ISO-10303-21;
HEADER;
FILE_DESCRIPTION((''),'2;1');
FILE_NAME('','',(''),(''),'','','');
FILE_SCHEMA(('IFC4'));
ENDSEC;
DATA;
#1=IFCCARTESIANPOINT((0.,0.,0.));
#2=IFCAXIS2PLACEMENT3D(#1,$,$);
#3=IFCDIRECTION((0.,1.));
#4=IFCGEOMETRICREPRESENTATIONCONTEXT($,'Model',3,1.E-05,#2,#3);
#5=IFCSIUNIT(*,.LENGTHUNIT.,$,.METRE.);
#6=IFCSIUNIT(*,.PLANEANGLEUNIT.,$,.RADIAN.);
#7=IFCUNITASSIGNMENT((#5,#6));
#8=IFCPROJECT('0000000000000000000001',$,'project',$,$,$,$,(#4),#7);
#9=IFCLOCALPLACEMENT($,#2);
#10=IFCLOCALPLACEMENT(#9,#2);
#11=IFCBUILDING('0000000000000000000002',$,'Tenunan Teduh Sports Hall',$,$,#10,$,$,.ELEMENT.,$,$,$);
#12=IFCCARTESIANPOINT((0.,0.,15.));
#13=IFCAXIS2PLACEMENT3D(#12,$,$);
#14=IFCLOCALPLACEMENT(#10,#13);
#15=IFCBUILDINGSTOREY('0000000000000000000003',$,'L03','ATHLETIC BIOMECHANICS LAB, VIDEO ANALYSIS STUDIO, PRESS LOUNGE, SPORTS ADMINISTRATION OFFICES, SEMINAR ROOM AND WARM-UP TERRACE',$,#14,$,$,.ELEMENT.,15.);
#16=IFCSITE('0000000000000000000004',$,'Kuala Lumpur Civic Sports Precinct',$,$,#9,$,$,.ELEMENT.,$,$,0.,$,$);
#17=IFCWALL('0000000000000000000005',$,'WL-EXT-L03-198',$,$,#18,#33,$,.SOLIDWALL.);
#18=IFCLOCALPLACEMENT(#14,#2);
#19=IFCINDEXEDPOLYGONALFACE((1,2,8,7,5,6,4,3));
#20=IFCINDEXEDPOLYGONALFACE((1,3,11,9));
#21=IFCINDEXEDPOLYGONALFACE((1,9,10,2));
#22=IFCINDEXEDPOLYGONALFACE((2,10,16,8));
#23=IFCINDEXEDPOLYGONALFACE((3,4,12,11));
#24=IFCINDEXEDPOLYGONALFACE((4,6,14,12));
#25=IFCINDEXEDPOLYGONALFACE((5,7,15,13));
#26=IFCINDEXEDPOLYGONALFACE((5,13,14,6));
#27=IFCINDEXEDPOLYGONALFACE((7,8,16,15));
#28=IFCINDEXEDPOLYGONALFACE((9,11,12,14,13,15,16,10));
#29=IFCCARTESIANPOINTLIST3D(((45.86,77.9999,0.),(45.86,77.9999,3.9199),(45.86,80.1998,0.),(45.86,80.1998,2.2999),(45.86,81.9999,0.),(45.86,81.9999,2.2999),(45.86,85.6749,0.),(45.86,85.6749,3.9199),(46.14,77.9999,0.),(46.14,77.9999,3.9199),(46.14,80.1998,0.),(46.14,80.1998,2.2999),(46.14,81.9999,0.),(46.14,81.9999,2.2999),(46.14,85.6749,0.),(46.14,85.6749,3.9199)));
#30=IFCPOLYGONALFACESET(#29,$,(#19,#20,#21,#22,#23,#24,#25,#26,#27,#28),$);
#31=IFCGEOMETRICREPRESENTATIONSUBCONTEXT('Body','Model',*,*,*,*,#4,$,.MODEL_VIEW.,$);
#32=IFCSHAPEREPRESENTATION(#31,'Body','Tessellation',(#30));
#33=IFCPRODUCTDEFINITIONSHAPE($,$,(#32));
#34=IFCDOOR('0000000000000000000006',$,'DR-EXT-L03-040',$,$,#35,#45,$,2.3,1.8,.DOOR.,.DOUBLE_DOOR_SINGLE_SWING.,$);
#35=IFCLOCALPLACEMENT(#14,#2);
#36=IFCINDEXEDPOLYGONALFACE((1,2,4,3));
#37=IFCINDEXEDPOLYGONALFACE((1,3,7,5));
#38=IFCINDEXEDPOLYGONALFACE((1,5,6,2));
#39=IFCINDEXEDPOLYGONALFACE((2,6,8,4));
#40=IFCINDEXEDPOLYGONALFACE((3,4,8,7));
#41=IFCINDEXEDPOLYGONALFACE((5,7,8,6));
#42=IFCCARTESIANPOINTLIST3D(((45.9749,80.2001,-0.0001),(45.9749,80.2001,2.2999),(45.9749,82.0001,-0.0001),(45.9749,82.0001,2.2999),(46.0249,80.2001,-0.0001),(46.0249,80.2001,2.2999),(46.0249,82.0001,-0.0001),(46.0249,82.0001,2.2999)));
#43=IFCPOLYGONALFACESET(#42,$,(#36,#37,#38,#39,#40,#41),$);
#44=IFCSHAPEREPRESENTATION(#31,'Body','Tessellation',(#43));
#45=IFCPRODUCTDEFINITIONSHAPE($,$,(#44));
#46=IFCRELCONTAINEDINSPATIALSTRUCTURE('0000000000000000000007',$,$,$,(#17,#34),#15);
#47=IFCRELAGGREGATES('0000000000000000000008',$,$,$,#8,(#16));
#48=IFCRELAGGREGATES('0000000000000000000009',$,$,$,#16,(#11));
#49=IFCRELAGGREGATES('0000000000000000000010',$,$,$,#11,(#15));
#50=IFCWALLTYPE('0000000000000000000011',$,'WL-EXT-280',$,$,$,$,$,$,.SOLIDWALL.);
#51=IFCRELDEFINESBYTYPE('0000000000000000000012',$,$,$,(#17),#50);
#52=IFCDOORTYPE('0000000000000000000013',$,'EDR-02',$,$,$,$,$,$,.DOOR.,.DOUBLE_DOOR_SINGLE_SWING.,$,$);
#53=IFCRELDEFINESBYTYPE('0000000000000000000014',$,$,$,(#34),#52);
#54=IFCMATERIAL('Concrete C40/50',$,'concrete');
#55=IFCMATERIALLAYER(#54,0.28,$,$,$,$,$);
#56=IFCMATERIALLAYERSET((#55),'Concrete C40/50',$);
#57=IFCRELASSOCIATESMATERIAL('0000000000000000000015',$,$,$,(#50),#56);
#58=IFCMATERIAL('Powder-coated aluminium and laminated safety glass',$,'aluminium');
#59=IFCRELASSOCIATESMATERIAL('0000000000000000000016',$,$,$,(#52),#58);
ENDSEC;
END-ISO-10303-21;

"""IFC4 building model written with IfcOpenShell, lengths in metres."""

from ifc_helpers import new_model, si_unit, direction, frame, frame_2d, origin, place, context, subcontext, project, spatial, rectangle, extrude, material, layer, layer_set, type_object, element, fill, save


model = new_model("IFC4")

# Units and contexts
model_context = context("Model", 3, precision=1e-05, world=origin(), true_north=direction((0.0, 1.0)))
body_context = subcontext(model_context, "Body", "Model", "MODEL_VIEW")
ifc_project = project(units=[si_unit("LENGTHUNIT", "METRE"), si_unit("PLANEANGLEUNIT", "RADIAN")], contexts=[model_context])

# Site, building, storey
site_placement = place(None, origin())
site = spatial("IfcSite", under=ifc_project, at=site_placement, Name="Kuala Lumpur Civic Sports Precinct", CompositionType="ELEMENT", RefElevation=0.0)
building_placement = place(site_placement, origin())
building = spatial("IfcBuilding", under=site, at=building_placement, Name="Tenunan Teduh Sports Hall", CompositionType="ELEMENT")
storey_placement = place(building_placement, frame((0.0, 0.0, 15.0)))
storey = spatial("IfcBuildingStorey", under=building, at=storey_placement, Name="L03", Description="ATHLETIC BIOMECHANICS LAB, VIDEO ANALYSIS STUDIO, PRESS LOUNGE, SPORTS ADMINISTRATION OFFICES, SEMINAR ROOM AND WARM-UP TERRACE", CompositionType="ELEMENT", Elevation=15.0)

# Shared definitions
ifc_material_1 = material(Name="Concrete C40/50", Category="concrete")
ifc_layer_1 = layer(ifc_material_1, 0.28)
ifc_layer_set_1 = layer_set([ifc_layer_1], Name="Concrete C40/50")
wall_type_1 = type_object("IfcWallType", Name="WL-EXT-280", PredefinedType="SOLIDWALL", material=ifc_layer_set_1)

# Wall, opening, door
wall_1_placement = place(storey_placement, frame((46.0, 78.0, 0.0), z_axis=(0.0, 0.0, 1.0), x_axis=(0.0, 1.0, 0.0)))
wall_1 = element("IfcWall", 1, at=wall_1_placement, inside=storey, type_object=wall_type_1, Name="WL-EXT-L03-198", PredefinedType="SOLIDWALL", context=body_context, shape_type="SweptSolid", body=[
    extrude(rectangle(XDim=7.675, YDim=0.28, at=frame_2d((3.8374, 0.0))), origin(), (0.0, 0.0, 1.0), 3.9199),
])
opening_1_placement = place(wall_1_placement, frame((2.2, 0.0, 0.0)))
opening_1 = element("IfcOpeningElement", 2, at=opening_1_placement, cuts=wall_1, PredefinedType="OPENING", context=body_context, shape_type="SweptSolid", body=[
    extrude(rectangle(XDim=1.8, YDim=2.3, at=frame_2d((0.8999, 1.1499))), frame((0.0, 0.1499, 0.0), z_axis=(0.0, -1.0, 0.0), x_axis=(1.0, 0.0, 0.0)), (0.0, 0.0, 1.0), 0.3),
])
ifc_material_2 = material(Name="Powder-coated aluminium and laminated safety glass", Category="aluminium")
door_type = type_object("IfcDoorType", Name="EDR-02", OperationType="DOUBLE_DOOR_SINGLE_SWING", PredefinedType="DOOR", material=ifc_material_2)
door_placement = place(opening_1_placement, frame((1.8, 0.0, 0.0), z_axis=(0.0, 0.0, 1.0), x_axis=(-1.0, 0.0, 0.0)))
door = element("IfcDoor", 3, at=door_placement, inside=storey, type_object=door_type, Name="DR-EXT-L03-040", OperationType="DOUBLE_DOOR_SINGLE_SWING", OverallHeight=2.3, OverallWidth=1.8, PredefinedType="DOOR", context=body_context, shape_type="SweptSolid", body=[
    extrude(rectangle(XDim=1.8, YDim=2.3, at=frame_2d((0.8999, 1.1499))), frame((0.0, 0.0249, 0.0), z_axis=(0.0, -1.0, 0.0), x_axis=(1.0, 0.0, 0.0)), (0.0, 0.0, 1.0), 0.05),
])
fill(opening_1, door)

save(model, "model.ifc")
